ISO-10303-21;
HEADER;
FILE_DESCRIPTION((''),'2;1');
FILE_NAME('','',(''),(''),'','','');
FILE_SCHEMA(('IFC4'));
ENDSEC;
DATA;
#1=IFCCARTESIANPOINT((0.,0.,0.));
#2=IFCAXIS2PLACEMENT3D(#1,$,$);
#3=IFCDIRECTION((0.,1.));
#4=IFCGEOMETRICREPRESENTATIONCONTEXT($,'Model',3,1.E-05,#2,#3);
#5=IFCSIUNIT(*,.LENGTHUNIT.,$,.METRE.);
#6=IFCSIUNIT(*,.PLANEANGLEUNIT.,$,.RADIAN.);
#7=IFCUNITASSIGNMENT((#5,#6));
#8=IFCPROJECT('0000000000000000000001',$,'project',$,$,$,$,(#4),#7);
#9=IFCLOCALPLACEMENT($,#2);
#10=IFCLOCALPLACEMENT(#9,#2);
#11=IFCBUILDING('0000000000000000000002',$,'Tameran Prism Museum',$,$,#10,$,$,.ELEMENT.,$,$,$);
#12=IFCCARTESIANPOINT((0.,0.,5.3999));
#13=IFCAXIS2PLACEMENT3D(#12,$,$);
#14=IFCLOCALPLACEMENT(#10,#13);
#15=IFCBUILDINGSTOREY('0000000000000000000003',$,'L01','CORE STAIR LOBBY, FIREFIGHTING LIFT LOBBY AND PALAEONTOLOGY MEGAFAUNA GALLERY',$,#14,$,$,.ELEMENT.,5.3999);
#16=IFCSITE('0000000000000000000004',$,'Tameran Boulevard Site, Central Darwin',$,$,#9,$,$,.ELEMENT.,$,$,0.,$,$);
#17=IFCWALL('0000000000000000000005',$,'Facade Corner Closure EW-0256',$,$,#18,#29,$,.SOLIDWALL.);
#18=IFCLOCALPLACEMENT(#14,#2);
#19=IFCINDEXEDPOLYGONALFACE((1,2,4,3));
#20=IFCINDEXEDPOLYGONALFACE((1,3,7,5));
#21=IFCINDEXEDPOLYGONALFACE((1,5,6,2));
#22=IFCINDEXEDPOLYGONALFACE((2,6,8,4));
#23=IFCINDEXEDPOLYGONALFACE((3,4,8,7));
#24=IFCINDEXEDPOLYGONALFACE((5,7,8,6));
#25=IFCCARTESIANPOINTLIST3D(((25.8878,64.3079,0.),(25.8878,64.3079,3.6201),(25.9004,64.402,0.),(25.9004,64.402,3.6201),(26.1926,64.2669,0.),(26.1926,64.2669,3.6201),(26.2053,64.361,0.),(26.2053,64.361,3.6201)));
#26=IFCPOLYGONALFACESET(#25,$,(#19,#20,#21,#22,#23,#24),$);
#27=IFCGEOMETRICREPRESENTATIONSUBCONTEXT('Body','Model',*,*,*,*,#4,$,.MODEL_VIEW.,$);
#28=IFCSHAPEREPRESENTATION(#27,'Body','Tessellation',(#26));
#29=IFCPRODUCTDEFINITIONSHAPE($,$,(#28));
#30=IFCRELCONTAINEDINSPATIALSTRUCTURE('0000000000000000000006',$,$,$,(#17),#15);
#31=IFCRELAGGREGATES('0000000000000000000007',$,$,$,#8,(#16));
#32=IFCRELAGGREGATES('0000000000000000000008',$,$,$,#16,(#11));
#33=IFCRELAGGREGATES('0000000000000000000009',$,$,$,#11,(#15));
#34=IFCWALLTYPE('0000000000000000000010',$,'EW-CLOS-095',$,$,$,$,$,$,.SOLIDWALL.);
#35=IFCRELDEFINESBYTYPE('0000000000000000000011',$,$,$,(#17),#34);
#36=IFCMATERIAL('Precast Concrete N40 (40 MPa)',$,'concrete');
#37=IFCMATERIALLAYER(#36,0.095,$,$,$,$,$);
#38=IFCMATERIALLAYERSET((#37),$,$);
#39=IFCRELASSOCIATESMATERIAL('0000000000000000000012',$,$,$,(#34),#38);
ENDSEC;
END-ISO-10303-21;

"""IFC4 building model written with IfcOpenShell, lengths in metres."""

from ifc_helpers import new_model, si_unit, direction, frame, frame_2d, origin, place, context, subcontext, project, spatial, rectangle, extrude, material, layer, layer_set, type_object, element, save


model = new_model("IFC4")

# Units and contexts
model_context = context("Model", 3, precision=1e-05, world=origin(), true_north=direction((0.0, 1.0)))
body_context = subcontext(model_context, "Body", "Model", "MODEL_VIEW")
ifc_project = project(units=[si_unit("LENGTHUNIT", "METRE"), si_unit("PLANEANGLEUNIT", "RADIAN")], contexts=[model_context])

# Site, building, storey
site_placement = place(None, origin())
site = spatial("IfcSite", under=ifc_project, at=site_placement, Name="Tameran Boulevard Site, Central Darwin", CompositionType="ELEMENT", RefElevation=0.0)
building_placement = place(site_placement, origin())
building = spatial("IfcBuilding", under=site, at=building_placement, Name="Tameran Prism Museum", CompositionType="ELEMENT")
storey_placement = place(building_placement, frame((0.0, 0.0, 5.3999)))
storey = spatial("IfcBuildingStorey", under=building, at=storey_placement, Name="L01", Description="CORE STAIR LOBBY, FIREFIGHTING LIFT LOBBY AND PALAEONTOLOGY MEGAFAUNA GALLERY", CompositionType="ELEMENT", Elevation=5.3999)

# Wall
ifc_material_1 = material(Name="Precast Concrete N40 (40 MPa)", Category="concrete")
ifc_layer_1 = layer(ifc_material_1, 0.095)
ifc_layer_set_1 = layer_set([ifc_layer_1])
wall_type = type_object("IfcWallType", Name="EW-CLOS-095", PredefinedType="SOLIDWALL", material=ifc_layer_set_1)
for number, where, z_axis, x_axis, name in (
    (1, (26.199, 64.314, 0.0), (0.0, 0.0, 1.0), (-0.991075, 0.133307, 0.0), "Facade Corner Closure EW-0256"),
):
    element("IfcWall", number, at=place(storey_placement, frame(where, z_axis=z_axis, x_axis=x_axis)), inside=storey, type_object=wall_type, Name=name, PredefinedType="SOLIDWALL", context=body_context, shape_type="SweptSolid", body=[
        extrude(rectangle(XDim=0.3076, YDim=0.095, at=frame_2d((0.1538, 0.0))), origin(), (0.0, 0.0, 1.0), 3.6201),
    ])

save(model, "model.ifc")
